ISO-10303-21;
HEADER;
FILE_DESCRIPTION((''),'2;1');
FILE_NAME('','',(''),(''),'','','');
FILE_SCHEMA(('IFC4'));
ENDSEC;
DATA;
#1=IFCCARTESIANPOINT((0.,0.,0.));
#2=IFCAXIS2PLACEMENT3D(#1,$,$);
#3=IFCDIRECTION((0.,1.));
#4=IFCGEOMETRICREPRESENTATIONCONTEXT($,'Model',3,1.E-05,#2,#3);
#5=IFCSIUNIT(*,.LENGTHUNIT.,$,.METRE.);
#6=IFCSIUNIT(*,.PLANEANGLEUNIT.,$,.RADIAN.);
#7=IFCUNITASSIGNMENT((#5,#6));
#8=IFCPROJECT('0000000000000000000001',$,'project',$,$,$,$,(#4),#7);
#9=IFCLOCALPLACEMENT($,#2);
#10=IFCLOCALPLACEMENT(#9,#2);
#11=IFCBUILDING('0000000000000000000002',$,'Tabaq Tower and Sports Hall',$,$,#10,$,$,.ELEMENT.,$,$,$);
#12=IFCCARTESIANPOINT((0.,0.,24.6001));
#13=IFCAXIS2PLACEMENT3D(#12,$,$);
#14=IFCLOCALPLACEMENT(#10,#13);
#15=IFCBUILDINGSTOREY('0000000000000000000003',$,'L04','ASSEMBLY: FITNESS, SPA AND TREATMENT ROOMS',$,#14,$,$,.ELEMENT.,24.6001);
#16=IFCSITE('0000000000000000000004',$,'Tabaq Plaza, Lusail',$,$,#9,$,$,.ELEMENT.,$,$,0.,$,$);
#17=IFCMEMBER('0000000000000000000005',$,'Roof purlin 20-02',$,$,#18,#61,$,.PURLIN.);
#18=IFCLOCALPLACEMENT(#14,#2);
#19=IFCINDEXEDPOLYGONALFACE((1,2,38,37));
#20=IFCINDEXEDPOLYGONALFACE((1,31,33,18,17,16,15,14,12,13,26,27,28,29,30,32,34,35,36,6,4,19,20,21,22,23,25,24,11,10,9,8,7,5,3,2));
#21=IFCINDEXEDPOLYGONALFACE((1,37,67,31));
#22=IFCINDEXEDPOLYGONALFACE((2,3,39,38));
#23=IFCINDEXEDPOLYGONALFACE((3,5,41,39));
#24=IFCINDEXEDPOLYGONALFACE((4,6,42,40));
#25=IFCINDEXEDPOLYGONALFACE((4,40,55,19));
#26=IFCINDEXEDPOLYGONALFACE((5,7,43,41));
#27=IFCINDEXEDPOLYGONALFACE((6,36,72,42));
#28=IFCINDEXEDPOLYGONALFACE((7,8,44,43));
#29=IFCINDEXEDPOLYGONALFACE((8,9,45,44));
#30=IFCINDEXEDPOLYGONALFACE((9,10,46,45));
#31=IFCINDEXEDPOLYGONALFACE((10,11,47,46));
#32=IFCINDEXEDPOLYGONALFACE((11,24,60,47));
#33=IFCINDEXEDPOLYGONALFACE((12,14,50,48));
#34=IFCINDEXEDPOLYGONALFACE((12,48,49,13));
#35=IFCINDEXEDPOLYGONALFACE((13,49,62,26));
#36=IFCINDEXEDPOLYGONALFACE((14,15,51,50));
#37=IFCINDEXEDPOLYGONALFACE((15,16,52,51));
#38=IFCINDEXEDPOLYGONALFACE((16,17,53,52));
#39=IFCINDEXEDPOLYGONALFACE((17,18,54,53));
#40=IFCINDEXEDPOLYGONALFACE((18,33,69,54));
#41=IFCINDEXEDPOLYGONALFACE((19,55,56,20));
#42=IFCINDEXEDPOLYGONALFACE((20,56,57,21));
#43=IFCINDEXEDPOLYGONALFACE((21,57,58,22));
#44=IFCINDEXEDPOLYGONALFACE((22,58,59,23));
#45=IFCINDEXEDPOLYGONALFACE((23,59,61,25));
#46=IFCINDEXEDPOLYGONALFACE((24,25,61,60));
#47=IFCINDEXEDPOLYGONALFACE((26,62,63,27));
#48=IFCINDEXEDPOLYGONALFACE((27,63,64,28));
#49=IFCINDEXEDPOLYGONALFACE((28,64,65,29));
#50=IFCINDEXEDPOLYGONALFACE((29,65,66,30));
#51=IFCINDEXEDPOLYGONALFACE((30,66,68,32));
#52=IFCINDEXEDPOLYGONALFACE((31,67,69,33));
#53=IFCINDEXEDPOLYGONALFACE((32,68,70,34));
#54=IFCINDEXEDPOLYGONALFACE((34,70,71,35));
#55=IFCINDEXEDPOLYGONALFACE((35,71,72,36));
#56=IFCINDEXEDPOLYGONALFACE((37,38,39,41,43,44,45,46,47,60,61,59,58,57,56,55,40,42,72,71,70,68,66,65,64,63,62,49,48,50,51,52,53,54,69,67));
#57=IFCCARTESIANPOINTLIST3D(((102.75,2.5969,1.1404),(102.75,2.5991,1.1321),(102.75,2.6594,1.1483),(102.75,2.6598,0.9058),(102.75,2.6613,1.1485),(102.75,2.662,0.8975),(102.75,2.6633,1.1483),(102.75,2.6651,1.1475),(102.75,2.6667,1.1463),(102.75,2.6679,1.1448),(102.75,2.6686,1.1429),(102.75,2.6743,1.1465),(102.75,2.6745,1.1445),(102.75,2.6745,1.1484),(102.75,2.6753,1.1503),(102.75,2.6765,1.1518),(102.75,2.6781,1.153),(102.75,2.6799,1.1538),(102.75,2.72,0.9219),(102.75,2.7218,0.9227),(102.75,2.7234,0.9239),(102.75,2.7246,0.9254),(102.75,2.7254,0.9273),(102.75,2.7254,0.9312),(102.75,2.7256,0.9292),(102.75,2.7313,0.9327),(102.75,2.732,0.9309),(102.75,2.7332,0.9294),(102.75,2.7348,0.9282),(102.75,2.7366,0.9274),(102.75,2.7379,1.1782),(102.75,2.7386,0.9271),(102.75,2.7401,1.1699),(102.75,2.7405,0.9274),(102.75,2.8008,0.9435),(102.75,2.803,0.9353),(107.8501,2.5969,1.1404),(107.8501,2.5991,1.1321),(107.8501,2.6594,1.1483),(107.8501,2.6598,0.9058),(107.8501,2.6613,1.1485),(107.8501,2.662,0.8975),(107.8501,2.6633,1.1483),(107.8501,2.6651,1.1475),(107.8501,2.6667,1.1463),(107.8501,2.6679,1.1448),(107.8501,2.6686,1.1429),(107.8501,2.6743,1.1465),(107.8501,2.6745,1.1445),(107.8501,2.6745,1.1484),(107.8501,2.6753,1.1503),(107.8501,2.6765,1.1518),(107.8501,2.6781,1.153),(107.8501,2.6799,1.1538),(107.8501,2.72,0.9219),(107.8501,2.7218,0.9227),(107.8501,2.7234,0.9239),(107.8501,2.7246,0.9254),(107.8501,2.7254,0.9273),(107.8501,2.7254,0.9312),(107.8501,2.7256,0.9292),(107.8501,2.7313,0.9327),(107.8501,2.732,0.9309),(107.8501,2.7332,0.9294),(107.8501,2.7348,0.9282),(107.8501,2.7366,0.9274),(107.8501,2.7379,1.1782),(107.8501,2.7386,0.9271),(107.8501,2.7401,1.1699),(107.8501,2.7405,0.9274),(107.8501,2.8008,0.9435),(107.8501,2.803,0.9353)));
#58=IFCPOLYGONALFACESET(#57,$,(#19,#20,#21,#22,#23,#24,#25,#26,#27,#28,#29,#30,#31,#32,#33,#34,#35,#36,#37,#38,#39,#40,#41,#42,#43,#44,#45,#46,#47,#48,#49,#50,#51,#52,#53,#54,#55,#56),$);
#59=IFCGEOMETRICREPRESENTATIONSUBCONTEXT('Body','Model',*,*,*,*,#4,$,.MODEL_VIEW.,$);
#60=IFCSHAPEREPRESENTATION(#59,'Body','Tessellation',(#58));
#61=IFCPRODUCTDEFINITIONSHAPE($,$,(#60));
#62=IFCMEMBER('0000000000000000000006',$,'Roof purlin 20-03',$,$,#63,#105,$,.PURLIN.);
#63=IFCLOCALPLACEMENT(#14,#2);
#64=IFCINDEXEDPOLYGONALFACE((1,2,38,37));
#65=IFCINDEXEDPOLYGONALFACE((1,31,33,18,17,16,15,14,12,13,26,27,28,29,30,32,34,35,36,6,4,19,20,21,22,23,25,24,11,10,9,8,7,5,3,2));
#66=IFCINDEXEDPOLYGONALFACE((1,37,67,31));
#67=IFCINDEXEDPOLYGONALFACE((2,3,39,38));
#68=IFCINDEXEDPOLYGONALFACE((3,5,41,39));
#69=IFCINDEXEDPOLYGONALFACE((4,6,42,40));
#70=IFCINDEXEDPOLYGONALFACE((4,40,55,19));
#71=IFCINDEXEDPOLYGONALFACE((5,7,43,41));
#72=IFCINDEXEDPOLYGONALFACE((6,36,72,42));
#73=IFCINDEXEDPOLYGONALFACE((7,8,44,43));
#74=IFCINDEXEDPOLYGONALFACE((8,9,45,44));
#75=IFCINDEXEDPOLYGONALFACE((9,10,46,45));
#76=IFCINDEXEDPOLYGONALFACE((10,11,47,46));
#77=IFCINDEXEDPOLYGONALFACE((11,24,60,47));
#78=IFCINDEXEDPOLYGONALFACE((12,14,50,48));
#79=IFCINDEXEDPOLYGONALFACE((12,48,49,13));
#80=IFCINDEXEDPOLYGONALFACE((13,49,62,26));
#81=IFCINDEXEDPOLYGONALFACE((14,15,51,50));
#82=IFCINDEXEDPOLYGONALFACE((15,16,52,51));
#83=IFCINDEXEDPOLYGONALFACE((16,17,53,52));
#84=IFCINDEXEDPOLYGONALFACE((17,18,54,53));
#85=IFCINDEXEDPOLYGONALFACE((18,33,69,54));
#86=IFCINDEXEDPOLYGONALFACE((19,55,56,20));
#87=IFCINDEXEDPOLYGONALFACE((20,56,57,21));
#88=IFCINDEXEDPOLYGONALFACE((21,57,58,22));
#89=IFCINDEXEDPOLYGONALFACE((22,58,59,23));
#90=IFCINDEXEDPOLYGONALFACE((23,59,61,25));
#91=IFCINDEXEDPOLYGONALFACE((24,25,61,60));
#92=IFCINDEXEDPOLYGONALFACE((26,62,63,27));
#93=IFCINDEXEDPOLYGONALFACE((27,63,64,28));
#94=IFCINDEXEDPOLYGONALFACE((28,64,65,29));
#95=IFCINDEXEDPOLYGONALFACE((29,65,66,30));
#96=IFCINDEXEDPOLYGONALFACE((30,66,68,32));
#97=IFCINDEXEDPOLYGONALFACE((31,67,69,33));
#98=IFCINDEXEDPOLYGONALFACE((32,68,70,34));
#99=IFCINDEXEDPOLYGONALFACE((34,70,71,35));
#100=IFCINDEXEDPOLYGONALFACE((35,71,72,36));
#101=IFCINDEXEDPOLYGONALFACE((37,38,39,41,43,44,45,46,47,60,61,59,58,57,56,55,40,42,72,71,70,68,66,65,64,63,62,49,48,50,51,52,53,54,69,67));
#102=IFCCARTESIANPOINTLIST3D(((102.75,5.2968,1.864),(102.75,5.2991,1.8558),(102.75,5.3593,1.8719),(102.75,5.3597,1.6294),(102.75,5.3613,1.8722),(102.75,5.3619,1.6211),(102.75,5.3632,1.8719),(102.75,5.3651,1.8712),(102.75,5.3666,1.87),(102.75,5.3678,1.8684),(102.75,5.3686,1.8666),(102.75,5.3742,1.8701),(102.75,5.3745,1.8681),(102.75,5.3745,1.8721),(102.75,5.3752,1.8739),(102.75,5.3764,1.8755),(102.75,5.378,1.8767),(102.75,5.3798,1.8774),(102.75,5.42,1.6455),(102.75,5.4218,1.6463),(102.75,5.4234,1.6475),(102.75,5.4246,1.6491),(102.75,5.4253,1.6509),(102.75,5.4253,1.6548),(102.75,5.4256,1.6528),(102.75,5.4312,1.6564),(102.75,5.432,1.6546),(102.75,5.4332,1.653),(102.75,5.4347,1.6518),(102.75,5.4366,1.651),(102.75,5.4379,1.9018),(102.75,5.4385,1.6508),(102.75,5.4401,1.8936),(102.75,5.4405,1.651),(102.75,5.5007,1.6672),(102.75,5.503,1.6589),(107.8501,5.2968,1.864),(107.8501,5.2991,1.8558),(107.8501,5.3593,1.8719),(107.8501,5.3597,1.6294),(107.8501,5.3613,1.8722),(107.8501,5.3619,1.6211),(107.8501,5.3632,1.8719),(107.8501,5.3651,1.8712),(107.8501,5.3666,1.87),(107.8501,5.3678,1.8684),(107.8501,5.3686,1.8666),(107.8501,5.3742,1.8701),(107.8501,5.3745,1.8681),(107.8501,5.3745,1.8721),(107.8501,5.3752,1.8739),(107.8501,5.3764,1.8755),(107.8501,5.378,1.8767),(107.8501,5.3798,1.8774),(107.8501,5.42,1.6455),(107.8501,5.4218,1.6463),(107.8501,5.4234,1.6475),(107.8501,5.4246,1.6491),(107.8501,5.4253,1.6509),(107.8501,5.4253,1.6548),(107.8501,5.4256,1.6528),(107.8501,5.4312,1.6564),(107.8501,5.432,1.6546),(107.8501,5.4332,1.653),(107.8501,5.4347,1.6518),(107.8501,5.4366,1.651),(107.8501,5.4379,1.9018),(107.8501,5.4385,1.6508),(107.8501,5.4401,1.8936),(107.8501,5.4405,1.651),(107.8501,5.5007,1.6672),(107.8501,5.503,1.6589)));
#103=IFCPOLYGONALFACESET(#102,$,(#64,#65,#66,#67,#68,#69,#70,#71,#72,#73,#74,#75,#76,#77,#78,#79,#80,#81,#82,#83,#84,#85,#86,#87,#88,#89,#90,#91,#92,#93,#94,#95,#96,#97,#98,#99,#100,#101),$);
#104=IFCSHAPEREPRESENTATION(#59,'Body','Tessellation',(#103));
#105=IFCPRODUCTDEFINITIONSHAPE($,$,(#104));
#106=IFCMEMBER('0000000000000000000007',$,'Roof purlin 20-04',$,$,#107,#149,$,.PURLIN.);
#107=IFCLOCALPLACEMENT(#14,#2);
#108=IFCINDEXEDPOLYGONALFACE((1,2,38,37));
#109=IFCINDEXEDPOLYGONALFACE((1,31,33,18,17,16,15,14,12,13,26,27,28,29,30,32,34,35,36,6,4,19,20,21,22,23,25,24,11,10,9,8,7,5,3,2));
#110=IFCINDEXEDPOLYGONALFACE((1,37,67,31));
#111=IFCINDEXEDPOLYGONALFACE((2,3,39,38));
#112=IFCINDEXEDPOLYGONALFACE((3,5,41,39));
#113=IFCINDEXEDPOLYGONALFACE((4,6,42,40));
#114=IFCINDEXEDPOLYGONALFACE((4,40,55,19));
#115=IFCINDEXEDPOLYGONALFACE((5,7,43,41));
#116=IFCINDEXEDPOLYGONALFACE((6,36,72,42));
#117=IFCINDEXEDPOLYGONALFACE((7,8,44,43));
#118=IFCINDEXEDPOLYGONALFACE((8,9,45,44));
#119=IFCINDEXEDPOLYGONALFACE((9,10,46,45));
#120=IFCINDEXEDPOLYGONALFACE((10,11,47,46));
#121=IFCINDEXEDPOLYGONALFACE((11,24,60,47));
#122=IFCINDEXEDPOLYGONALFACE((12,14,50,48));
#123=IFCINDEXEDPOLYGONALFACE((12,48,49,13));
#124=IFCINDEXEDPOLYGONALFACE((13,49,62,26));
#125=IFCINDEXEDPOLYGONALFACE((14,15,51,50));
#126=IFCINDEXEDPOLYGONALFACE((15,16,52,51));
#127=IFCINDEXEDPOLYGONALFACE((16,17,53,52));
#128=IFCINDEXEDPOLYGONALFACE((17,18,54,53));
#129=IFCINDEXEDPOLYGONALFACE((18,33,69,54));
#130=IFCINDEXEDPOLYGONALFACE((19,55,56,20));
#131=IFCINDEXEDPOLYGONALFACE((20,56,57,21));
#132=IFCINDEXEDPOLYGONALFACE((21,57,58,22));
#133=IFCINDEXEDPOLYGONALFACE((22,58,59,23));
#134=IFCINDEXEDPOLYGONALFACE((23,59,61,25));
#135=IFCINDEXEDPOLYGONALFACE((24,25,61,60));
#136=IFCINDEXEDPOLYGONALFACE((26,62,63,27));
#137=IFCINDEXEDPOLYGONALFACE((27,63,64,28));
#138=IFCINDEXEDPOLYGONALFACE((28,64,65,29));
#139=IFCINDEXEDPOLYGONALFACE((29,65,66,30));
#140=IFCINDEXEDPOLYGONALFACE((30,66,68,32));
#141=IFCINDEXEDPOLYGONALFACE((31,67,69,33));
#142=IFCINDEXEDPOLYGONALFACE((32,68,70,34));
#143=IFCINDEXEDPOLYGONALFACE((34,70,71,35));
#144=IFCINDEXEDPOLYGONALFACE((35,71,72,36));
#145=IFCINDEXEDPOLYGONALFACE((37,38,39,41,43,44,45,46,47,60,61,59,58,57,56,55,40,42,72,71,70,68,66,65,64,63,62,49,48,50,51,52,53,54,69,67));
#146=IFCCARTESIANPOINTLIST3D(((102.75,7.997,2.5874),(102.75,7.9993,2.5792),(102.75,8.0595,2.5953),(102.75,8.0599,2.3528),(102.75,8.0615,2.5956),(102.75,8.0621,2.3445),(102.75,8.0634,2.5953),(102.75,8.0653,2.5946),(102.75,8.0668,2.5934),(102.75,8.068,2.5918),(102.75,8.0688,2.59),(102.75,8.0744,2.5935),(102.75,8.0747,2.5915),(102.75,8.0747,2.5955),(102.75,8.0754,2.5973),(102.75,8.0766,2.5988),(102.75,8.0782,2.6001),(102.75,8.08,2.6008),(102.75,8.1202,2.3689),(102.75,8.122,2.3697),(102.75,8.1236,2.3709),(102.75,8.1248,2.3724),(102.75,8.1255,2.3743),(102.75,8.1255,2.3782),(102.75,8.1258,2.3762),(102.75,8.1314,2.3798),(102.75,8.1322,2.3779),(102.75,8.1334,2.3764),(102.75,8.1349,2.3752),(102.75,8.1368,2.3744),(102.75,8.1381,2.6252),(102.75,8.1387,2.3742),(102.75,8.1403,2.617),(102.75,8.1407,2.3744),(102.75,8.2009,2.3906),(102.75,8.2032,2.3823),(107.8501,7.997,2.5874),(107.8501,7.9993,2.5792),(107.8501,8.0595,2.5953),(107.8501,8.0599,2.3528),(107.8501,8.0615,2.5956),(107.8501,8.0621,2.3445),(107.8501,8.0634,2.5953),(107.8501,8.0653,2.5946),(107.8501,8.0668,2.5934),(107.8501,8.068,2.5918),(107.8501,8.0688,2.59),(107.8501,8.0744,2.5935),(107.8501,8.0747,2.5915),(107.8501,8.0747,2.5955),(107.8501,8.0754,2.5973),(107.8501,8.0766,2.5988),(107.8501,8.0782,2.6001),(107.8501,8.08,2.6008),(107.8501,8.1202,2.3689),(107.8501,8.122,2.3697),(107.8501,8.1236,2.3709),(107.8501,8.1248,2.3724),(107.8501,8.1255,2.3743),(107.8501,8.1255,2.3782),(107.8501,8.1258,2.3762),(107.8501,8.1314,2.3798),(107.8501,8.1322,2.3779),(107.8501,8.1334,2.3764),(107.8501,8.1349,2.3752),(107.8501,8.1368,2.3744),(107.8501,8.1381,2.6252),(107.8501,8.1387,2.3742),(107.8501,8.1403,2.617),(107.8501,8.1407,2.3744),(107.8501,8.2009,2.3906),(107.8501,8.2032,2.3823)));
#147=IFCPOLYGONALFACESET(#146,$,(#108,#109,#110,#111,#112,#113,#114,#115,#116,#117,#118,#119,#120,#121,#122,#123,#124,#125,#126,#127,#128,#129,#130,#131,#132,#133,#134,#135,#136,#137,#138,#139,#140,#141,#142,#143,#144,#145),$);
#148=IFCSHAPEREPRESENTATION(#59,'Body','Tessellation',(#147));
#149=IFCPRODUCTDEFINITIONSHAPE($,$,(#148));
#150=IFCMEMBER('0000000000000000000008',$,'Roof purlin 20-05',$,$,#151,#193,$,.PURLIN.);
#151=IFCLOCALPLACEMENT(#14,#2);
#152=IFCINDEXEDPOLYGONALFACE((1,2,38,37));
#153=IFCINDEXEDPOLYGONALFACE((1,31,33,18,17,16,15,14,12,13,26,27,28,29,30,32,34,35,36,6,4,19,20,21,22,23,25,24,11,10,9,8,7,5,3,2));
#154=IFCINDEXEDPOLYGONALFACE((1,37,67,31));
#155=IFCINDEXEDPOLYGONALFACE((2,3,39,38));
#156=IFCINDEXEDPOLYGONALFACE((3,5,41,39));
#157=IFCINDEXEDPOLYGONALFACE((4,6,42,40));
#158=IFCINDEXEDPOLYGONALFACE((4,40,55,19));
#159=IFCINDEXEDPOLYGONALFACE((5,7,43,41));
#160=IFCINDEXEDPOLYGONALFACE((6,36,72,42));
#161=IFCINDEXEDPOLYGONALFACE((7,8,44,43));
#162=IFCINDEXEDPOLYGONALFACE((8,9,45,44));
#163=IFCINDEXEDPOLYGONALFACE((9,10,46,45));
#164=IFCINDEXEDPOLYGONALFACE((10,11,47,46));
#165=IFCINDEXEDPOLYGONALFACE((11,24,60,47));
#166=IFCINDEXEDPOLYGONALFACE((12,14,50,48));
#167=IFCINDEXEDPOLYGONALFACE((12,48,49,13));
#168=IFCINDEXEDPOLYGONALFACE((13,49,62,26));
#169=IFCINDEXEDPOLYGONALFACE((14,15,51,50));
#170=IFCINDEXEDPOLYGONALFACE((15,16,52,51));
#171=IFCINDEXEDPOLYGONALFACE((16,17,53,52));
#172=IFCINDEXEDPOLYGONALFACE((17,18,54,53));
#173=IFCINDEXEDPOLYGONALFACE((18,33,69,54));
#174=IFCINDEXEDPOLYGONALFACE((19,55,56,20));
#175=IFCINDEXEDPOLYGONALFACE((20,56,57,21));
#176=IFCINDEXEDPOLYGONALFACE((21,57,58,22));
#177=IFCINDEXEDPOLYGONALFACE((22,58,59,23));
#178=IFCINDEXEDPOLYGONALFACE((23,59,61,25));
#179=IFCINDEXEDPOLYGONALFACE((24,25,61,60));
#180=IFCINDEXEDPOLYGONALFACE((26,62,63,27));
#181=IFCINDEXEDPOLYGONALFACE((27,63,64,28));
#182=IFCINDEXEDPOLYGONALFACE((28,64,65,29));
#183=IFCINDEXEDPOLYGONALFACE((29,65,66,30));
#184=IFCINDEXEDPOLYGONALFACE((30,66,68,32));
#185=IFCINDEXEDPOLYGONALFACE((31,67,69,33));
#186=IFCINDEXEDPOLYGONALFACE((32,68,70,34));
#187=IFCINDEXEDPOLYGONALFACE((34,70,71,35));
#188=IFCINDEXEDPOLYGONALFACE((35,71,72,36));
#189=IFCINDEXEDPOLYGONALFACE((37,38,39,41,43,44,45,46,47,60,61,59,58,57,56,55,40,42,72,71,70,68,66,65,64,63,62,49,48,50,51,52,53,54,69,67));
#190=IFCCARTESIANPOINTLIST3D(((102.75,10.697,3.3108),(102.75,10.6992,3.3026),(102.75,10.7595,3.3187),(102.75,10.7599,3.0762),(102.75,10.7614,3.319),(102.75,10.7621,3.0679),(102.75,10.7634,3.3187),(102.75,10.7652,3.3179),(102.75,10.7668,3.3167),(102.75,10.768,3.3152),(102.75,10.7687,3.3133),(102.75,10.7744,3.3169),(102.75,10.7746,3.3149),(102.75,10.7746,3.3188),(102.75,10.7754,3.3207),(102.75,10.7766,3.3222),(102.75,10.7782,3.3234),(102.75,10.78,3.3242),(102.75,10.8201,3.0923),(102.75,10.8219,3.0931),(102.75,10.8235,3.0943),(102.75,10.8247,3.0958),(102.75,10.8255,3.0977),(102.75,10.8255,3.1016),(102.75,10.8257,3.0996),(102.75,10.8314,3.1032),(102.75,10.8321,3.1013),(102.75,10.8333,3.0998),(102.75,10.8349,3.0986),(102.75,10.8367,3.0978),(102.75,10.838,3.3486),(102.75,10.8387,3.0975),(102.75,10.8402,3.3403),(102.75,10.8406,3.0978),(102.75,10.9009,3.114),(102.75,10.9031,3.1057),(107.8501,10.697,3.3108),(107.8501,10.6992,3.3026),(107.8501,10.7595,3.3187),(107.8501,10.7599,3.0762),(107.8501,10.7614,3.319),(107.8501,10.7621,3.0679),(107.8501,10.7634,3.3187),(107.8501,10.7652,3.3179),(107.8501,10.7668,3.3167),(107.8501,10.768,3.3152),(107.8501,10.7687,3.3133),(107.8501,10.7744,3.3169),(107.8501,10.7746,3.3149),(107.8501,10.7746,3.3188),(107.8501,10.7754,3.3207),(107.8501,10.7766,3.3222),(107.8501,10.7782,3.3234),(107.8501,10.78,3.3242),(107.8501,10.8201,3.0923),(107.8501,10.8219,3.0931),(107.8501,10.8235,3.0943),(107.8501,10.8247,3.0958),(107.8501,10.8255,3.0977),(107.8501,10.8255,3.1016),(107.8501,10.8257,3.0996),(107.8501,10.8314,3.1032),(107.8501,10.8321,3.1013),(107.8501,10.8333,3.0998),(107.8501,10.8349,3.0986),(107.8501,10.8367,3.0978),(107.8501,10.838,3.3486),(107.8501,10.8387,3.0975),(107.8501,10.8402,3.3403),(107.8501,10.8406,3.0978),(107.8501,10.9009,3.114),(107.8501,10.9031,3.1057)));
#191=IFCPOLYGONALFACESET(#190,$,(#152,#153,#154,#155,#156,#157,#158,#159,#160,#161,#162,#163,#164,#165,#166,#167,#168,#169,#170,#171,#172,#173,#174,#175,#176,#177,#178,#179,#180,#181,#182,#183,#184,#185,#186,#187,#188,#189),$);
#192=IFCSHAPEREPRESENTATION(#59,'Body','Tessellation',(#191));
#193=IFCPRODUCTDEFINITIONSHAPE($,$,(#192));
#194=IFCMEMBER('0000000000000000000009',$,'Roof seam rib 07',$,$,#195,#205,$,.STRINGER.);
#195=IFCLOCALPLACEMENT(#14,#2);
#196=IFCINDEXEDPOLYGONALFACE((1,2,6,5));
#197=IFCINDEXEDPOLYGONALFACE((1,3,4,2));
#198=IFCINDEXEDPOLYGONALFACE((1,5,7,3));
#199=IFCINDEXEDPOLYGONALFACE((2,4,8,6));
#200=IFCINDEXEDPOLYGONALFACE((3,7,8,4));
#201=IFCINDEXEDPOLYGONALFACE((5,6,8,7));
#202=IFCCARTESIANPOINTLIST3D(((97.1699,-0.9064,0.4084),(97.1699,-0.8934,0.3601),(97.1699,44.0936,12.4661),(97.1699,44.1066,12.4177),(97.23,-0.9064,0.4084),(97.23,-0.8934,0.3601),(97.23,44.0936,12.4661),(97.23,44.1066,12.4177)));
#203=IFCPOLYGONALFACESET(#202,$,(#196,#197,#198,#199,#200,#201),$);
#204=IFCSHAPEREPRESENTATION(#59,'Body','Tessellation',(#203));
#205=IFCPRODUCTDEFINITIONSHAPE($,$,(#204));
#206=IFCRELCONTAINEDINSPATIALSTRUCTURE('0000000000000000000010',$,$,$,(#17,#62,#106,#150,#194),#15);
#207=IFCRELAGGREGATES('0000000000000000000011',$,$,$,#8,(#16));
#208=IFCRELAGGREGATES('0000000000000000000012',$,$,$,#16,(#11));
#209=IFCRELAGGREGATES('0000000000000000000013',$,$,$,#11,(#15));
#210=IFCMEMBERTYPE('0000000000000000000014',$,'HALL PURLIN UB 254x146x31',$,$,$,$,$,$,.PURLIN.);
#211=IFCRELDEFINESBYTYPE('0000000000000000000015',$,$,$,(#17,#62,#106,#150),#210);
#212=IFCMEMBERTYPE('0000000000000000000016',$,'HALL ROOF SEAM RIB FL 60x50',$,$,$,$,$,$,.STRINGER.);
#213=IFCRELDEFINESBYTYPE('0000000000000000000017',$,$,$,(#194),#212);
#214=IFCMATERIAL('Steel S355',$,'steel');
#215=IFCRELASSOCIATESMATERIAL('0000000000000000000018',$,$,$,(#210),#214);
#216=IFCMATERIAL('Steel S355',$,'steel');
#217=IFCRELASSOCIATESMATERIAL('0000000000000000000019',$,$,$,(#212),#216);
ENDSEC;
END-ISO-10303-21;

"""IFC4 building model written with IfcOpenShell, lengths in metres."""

from ifc_helpers import new_model, si_unit, direction, frame, origin, origin_2d, place, context, subcontext, project, spatial, rectangle, i_section, extrude, material, material_profile, profile_set, type_object, element, save


model = new_model("IFC4")

# Units and contexts
model_context = context("Model", 3, precision=1e-05, world=origin(), true_north=direction((0.0, 1.0)))
body_context = subcontext(model_context, "Body", "Model", "MODEL_VIEW")
ifc_project = project(units=[si_unit("LENGTHUNIT", "METRE"), si_unit("PLANEANGLEUNIT", "RADIAN")], contexts=[model_context])

# Site, building, storey
site_placement = place(None, origin())
site = spatial("IfcSite", under=ifc_project, at=site_placement, Name="Tabaq Plaza, Lusail", CompositionType="ELEMENT", RefElevation=0.0)
building_placement = place(site_placement, origin())
building = spatial("IfcBuilding", under=site, at=building_placement, Name="Tabaq Tower and Sports Hall", CompositionType="ELEMENT")
storey_placement = place(building_placement, frame((0.0, 0.0, 24.6001)))
storey = spatial("IfcBuildingStorey", under=building, at=storey_placement, Name="L04", Description="ASSEMBLY: FITNESS, SPA AND TREATMENT ROOMS", CompositionType="ELEMENT", Elevation=24.6001)

# Members
ifc_material_1 = material(Name="Steel S355", Category="steel")
ifc_material_profile_1 = material_profile(ifc_material_1, i_section(OverallWidth=0.146, OverallDepth=0.2515, WebThickness=0.0061, FlangeThickness=0.0085, FilletRadius=0.0076, at=origin_2d()), Name="UB 254x146x31")
ifc_profile_set_1 = profile_set([ifc_material_profile_1], Name="Steel S355")
member_type_1 = type_object("IfcMemberType", Name="HALL PURLIN UB 254x146x31", PredefinedType="PURLIN", material=ifc_profile_set_1)
for number, where, z_axis, x_axis, name in (
    (1, (102.75, 2.7, 1.0378), (1.0, 0.0, 0.0), (0.0, 0.965926, 0.258819), "Roof purlin 20-02"),
    (2, (102.75, 5.3999, 1.7615), (1.0, 0.0, 0.0), (0.0, 0.965926, 0.258819), "Roof purlin 20-03"),
    (3, (102.75, 8.1001, 2.4849), (1.0, 0.0, 0.0), (0.0, 0.965926, 0.258819), "Roof purlin 20-04"),
    (4, (102.75, 10.8, 3.2083), (1.0, 0.0, 0.0), (0.0, 0.965926, 0.258819), "Roof purlin 20-05"),
):
    element("IfcMember", number, at=place(storey_placement, frame(where, z_axis=z_axis, x_axis=x_axis)), inside=storey, type_object=member_type_1, Name=name, PredefinedType="PURLIN", context=body_context, shape_type="SweptSolid", body=[
        extrude(i_section(OverallWidth=0.146, OverallDepth=0.2515, WebThickness=0.0061, FlangeThickness=0.0085, FilletRadius=0.0076, at=origin_2d()), origin(), (0.0, 0.0, 1.0), 5.1001),
    ])
ifc_material_2 = material(Name="Steel S355", Category="steel")
ifc_material_profile_2 = material_profile(ifc_material_2, rectangle(XDim=0.0601, YDim=0.05, at=origin_2d()), Name="FL 60x50")
ifc_profile_set_2 = profile_set([ifc_material_profile_2], Name="Steel S355")
member_type_2 = type_object("IfcMemberType", Name="HALL ROOF SEAM RIB FL 60x50", PredefinedType="STRINGER", material=ifc_profile_set_2)
for number, where, z_axis, x_axis, name in (
    (5, (97.2, -0.8999, 0.3843), (0.0, 0.965926, 0.258817), (-1.0, 0.0, 0.0), "Roof seam rib 07"),
):
    element("IfcMember", number, at=place(storey_placement, frame(where, z_axis=z_axis, x_axis=x_axis)), inside=storey, type_object=member_type_2, Name=name, PredefinedType="STRINGER", context=body_context, shape_type="SweptSolid", body=[
        extrude(rectangle(XDim=0.0601, YDim=0.05, at=origin_2d()), origin(), (0.0, 0.0, 1.0), 46.5874),
    ])

save(model, "model.ifc")
